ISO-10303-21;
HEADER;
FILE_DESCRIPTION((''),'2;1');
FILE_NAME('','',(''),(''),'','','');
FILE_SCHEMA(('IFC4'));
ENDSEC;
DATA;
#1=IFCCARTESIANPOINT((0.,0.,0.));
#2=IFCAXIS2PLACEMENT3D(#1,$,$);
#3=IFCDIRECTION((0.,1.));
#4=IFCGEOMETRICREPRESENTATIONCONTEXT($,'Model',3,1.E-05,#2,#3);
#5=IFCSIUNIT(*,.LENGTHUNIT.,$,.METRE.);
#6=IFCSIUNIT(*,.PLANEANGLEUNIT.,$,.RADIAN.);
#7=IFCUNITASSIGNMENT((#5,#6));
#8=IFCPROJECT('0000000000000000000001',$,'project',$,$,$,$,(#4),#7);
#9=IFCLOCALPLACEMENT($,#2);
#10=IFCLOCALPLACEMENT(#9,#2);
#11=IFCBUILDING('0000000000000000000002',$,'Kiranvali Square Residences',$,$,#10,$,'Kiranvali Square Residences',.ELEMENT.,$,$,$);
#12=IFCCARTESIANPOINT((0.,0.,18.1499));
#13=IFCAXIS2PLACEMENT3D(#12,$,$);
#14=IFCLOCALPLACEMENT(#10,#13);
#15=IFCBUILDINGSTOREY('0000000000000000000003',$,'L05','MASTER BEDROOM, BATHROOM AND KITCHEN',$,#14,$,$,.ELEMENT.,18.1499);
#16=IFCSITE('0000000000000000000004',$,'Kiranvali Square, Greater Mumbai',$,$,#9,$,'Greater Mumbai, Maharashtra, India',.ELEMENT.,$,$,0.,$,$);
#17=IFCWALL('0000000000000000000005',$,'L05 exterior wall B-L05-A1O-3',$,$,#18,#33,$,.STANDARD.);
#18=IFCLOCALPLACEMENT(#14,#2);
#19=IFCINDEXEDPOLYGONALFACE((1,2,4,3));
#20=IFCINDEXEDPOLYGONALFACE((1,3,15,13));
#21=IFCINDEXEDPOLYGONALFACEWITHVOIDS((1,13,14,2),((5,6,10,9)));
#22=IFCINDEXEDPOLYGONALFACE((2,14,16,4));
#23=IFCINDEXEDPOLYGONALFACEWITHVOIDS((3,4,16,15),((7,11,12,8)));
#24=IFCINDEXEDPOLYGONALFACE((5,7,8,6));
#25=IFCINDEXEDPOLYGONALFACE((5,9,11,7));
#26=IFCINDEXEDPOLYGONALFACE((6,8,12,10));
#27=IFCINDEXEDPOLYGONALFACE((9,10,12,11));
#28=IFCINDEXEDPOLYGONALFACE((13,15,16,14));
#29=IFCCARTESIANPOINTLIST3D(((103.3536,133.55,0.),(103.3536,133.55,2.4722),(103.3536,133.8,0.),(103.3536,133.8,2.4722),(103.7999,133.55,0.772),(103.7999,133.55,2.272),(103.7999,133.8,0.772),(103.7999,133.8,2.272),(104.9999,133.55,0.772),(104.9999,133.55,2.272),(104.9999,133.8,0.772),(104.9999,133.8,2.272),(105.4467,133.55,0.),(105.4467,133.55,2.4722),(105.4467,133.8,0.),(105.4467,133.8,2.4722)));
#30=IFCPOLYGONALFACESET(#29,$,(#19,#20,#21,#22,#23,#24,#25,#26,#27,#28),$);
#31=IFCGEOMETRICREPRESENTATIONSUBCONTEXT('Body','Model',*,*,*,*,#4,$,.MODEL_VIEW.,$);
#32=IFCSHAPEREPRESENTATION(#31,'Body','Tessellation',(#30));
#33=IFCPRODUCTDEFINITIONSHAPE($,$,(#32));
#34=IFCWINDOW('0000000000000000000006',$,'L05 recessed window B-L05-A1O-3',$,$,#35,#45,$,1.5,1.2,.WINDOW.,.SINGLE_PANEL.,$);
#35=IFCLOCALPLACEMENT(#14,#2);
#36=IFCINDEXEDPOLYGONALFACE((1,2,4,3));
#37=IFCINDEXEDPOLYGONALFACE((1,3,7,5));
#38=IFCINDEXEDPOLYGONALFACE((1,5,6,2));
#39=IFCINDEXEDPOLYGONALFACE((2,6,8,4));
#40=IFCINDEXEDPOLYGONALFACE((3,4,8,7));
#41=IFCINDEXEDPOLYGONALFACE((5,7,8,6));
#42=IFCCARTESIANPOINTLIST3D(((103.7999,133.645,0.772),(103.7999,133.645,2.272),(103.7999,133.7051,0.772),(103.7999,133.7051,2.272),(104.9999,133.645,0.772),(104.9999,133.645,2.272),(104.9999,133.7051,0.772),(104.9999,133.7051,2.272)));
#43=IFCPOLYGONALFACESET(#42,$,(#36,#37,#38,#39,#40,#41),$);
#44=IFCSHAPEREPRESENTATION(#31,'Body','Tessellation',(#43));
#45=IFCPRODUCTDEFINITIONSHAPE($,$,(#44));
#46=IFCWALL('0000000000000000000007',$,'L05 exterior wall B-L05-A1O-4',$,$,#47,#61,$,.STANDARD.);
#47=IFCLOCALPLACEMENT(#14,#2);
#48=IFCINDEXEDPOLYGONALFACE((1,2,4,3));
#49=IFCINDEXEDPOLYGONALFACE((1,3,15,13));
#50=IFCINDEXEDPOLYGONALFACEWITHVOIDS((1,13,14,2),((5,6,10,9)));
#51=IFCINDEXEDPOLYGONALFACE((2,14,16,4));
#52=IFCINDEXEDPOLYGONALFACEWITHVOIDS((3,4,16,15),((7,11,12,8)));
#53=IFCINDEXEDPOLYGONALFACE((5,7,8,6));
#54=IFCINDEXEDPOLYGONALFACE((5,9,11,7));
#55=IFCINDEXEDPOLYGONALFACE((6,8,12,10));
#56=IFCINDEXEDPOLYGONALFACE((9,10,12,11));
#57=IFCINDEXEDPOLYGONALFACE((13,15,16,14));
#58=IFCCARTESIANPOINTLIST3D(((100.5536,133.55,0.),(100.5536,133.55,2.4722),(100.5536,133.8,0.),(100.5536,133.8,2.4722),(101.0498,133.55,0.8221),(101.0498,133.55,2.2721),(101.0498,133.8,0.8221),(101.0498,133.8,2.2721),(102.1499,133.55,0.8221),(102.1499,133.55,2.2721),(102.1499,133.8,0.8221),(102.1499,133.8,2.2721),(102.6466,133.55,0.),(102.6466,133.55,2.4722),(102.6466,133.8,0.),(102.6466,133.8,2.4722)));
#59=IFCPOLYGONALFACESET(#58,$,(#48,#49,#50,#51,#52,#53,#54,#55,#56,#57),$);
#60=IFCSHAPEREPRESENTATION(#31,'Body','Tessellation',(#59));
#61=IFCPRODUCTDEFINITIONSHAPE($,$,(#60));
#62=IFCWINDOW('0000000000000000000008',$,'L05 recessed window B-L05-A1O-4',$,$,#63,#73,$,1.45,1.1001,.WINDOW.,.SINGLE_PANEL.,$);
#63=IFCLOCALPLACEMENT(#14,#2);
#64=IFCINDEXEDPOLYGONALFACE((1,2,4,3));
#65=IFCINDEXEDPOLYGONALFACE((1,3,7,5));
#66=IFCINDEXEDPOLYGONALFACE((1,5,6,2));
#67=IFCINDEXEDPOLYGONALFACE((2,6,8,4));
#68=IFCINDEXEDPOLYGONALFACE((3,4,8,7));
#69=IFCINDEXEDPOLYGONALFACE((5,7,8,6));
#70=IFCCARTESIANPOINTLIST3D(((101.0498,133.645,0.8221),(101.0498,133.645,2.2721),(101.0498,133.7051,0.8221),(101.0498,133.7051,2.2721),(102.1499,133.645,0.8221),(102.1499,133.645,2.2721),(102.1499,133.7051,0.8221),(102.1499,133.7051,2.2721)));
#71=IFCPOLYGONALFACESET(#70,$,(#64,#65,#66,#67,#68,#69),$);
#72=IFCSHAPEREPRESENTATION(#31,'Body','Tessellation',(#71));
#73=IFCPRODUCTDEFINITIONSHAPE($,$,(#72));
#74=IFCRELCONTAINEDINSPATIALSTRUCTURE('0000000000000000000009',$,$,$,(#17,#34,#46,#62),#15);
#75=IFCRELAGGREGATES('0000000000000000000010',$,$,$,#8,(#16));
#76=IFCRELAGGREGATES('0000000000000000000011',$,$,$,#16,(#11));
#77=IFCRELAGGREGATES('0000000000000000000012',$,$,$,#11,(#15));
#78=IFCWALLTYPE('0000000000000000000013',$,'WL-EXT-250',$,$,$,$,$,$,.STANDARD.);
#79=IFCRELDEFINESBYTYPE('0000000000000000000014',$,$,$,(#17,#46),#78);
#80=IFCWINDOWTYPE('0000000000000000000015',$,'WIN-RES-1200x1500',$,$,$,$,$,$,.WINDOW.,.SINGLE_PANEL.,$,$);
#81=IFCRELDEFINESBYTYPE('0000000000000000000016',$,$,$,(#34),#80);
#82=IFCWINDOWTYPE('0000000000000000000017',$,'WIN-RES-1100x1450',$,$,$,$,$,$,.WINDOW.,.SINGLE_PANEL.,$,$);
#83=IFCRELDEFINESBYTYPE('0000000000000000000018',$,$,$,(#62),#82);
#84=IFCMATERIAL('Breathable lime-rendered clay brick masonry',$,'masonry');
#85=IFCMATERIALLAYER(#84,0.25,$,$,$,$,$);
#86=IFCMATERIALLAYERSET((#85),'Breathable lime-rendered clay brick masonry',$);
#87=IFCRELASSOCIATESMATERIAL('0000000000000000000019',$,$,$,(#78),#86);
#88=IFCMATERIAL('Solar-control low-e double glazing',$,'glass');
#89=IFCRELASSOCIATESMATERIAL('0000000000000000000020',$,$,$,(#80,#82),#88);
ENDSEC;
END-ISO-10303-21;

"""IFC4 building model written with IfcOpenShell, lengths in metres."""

from ifc_helpers import new_model, si_unit, direction, frame, frame_2d, origin, place, context, subcontext, project, spatial, rectangle, extrude, material, layer, layer_set, type_object, element, fill, save


model = new_model("IFC4")

# Units and contexts
model_context = context("Model", 3, precision=1e-05, world=origin(), true_north=direction((0.0, 1.0)))
body_context = subcontext(model_context, "Body", "Model", "MODEL_VIEW")
ifc_project = project(units=[si_unit("LENGTHUNIT", "METRE"), si_unit("PLANEANGLEUNIT", "RADIAN")], contexts=[model_context])

# Site, building, storey
site_placement = place(None, origin())
site = spatial("IfcSite", under=ifc_project, at=site_placement, Name="Kiranvali Square, Greater Mumbai", LongName="Greater Mumbai, Maharashtra, India", CompositionType="ELEMENT", RefElevation=0.0)
building_placement = place(site_placement, origin())
building = spatial("IfcBuilding", under=site, at=building_placement, Name="Kiranvali Square Residences", LongName="Kiranvali Square Residences", CompositionType="ELEMENT")
storey_placement = place(building_placement, frame((0.0, 0.0, 18.1499)))
storey = spatial("IfcBuildingStorey", under=building, at=storey_placement, Name="L05", Description="MASTER BEDROOM, BATHROOM AND KITCHEN", CompositionType="ELEMENT", Elevation=18.1499)

# Walls, openings, windows
ifc_material_1 = material(Name="Breathable lime-rendered clay brick masonry", Category="masonry")
ifc_layer = layer(ifc_material_1, 0.25)
ifc_layer_set = layer_set([ifc_layer], Name="Breathable lime-rendered clay brick masonry")
wall_type = type_object("IfcWallType", Name="WL-EXT-250", PredefinedType="STANDARD", material=ifc_layer_set)
wall_1_placement = place(storey_placement, frame((105.4465, 133.675, 0.0), z_axis=(0.0, 0.0, 1.0), x_axis=(-1.0, 0.0, 0.0)))
wall_1 = element("IfcWall", 1, at=wall_1_placement, inside=storey, type_object=wall_type, Name="L05 exterior wall B-L05-A1O-3", PredefinedType="STANDARD", context=body_context, shape_type="SweptSolid", body=[
    extrude(rectangle(XDim=2.093, YDim=0.25, at=frame_2d((1.0464, 0.0))), origin(), (0.0, 0.0, 1.0), 2.4722),
])
opening_1_placement = place(wall_1_placement, frame((0.4465, 0.0, 0.772)))
opening_1 = element("IfcOpeningElement", 2, at=opening_1_placement, cuts=wall_1, PredefinedType="OPENING", context=body_context, shape_type="SweptSolid", body=[
    extrude(rectangle(XDim=1.2, YDim=1.5, at=frame_2d((0.6001, 0.75))), frame((0.0, 0.135, 0.0), z_axis=(0.0, -1.0, 0.0), x_axis=(1.0, 0.0, 0.0)), (0.0, 0.0, 1.0), 0.27),
])
ifc_material_2 = material(Name="Solar-control low-e double glazing", Category="glass")
window_type_1 = type_object("IfcWindowType", Name="WIN-RES-1200x1500", PartitioningType="SINGLE_PANEL", PredefinedType="WINDOW", material=ifc_material_2)
window_1_placement = place(opening_1_placement, origin())
window_1 = element("IfcWindow", 3, at=window_1_placement, inside=storey, type_object=window_type_1, Name="L05 recessed window B-L05-A1O-3", OverallHeight=1.5, OverallWidth=1.2, PartitioningType="SINGLE_PANEL", PredefinedType="WINDOW", context=body_context, shape_type="SweptSolid", body=[
    extrude(rectangle(XDim=1.2, YDim=1.5, at=frame_2d((0.6001, 0.75))), frame((0.0, 0.03, 0.0), z_axis=(0.0, -1.0, 0.0), x_axis=(1.0, 0.0, 0.0)), (0.0, 0.0, 1.0), 0.0601),
])
fill(opening_1, window_1)
wall_2_placement = place(storey_placement, frame((102.6465, 133.675, 0.0), z_axis=(0.0, 0.0, 1.0), x_axis=(-1.0, 0.0, 0.0)))
wall_2 = element("IfcWall", 4, at=wall_2_placement, inside=storey, type_object=wall_type, Name="L05 exterior wall B-L05-A1O-4", PredefinedType="STANDARD", context=body_context, shape_type="SweptSolid", body=[
    extrude(rectangle(XDim=2.093, YDim=0.25, at=frame_2d((1.0464, 0.0))), origin(), (0.0, 0.0, 1.0), 2.4722),
])
opening_2_placement = place(wall_2_placement, frame((0.4966, 0.0, 0.822)))
opening_2 = element("IfcOpeningElement", 5, at=opening_2_placement, cuts=wall_2, PredefinedType="OPENING", context=body_context, shape_type="SweptSolid", body=[
    extrude(rectangle(XDim=1.1001, YDim=1.45, at=frame_2d((0.55, 0.7251))), frame((0.0, 0.135, 0.0), z_axis=(0.0, -1.0, 0.0), x_axis=(1.0, 0.0, 0.0)), (0.0, 0.0, 1.0), 0.27),
])
window_type_2 = type_object("IfcWindowType", Name="WIN-RES-1100x1450", PartitioningType="SINGLE_PANEL", PredefinedType="WINDOW", material=ifc_material_2)
window_2_placement = place(opening_2_placement, origin())
window_2 = element("IfcWindow", 6, at=window_2_placement, inside=storey, type_object=window_type_2, Name="L05 recessed window B-L05-A1O-4", OverallHeight=1.45, OverallWidth=1.1001, PartitioningType="SINGLE_PANEL", PredefinedType="WINDOW", context=body_context, shape_type="SweptSolid", body=[
    extrude(rectangle(XDim=1.1001, YDim=1.45, at=frame_2d((0.55, 0.7251))), frame((0.0, 0.03, 0.0), z_axis=(0.0, -1.0, 0.0), x_axis=(1.0, 0.0, 0.0)), (0.0, 0.0, 1.0), 0.0601),
])
fill(opening_2, window_2)

save(model, "model.ifc")
